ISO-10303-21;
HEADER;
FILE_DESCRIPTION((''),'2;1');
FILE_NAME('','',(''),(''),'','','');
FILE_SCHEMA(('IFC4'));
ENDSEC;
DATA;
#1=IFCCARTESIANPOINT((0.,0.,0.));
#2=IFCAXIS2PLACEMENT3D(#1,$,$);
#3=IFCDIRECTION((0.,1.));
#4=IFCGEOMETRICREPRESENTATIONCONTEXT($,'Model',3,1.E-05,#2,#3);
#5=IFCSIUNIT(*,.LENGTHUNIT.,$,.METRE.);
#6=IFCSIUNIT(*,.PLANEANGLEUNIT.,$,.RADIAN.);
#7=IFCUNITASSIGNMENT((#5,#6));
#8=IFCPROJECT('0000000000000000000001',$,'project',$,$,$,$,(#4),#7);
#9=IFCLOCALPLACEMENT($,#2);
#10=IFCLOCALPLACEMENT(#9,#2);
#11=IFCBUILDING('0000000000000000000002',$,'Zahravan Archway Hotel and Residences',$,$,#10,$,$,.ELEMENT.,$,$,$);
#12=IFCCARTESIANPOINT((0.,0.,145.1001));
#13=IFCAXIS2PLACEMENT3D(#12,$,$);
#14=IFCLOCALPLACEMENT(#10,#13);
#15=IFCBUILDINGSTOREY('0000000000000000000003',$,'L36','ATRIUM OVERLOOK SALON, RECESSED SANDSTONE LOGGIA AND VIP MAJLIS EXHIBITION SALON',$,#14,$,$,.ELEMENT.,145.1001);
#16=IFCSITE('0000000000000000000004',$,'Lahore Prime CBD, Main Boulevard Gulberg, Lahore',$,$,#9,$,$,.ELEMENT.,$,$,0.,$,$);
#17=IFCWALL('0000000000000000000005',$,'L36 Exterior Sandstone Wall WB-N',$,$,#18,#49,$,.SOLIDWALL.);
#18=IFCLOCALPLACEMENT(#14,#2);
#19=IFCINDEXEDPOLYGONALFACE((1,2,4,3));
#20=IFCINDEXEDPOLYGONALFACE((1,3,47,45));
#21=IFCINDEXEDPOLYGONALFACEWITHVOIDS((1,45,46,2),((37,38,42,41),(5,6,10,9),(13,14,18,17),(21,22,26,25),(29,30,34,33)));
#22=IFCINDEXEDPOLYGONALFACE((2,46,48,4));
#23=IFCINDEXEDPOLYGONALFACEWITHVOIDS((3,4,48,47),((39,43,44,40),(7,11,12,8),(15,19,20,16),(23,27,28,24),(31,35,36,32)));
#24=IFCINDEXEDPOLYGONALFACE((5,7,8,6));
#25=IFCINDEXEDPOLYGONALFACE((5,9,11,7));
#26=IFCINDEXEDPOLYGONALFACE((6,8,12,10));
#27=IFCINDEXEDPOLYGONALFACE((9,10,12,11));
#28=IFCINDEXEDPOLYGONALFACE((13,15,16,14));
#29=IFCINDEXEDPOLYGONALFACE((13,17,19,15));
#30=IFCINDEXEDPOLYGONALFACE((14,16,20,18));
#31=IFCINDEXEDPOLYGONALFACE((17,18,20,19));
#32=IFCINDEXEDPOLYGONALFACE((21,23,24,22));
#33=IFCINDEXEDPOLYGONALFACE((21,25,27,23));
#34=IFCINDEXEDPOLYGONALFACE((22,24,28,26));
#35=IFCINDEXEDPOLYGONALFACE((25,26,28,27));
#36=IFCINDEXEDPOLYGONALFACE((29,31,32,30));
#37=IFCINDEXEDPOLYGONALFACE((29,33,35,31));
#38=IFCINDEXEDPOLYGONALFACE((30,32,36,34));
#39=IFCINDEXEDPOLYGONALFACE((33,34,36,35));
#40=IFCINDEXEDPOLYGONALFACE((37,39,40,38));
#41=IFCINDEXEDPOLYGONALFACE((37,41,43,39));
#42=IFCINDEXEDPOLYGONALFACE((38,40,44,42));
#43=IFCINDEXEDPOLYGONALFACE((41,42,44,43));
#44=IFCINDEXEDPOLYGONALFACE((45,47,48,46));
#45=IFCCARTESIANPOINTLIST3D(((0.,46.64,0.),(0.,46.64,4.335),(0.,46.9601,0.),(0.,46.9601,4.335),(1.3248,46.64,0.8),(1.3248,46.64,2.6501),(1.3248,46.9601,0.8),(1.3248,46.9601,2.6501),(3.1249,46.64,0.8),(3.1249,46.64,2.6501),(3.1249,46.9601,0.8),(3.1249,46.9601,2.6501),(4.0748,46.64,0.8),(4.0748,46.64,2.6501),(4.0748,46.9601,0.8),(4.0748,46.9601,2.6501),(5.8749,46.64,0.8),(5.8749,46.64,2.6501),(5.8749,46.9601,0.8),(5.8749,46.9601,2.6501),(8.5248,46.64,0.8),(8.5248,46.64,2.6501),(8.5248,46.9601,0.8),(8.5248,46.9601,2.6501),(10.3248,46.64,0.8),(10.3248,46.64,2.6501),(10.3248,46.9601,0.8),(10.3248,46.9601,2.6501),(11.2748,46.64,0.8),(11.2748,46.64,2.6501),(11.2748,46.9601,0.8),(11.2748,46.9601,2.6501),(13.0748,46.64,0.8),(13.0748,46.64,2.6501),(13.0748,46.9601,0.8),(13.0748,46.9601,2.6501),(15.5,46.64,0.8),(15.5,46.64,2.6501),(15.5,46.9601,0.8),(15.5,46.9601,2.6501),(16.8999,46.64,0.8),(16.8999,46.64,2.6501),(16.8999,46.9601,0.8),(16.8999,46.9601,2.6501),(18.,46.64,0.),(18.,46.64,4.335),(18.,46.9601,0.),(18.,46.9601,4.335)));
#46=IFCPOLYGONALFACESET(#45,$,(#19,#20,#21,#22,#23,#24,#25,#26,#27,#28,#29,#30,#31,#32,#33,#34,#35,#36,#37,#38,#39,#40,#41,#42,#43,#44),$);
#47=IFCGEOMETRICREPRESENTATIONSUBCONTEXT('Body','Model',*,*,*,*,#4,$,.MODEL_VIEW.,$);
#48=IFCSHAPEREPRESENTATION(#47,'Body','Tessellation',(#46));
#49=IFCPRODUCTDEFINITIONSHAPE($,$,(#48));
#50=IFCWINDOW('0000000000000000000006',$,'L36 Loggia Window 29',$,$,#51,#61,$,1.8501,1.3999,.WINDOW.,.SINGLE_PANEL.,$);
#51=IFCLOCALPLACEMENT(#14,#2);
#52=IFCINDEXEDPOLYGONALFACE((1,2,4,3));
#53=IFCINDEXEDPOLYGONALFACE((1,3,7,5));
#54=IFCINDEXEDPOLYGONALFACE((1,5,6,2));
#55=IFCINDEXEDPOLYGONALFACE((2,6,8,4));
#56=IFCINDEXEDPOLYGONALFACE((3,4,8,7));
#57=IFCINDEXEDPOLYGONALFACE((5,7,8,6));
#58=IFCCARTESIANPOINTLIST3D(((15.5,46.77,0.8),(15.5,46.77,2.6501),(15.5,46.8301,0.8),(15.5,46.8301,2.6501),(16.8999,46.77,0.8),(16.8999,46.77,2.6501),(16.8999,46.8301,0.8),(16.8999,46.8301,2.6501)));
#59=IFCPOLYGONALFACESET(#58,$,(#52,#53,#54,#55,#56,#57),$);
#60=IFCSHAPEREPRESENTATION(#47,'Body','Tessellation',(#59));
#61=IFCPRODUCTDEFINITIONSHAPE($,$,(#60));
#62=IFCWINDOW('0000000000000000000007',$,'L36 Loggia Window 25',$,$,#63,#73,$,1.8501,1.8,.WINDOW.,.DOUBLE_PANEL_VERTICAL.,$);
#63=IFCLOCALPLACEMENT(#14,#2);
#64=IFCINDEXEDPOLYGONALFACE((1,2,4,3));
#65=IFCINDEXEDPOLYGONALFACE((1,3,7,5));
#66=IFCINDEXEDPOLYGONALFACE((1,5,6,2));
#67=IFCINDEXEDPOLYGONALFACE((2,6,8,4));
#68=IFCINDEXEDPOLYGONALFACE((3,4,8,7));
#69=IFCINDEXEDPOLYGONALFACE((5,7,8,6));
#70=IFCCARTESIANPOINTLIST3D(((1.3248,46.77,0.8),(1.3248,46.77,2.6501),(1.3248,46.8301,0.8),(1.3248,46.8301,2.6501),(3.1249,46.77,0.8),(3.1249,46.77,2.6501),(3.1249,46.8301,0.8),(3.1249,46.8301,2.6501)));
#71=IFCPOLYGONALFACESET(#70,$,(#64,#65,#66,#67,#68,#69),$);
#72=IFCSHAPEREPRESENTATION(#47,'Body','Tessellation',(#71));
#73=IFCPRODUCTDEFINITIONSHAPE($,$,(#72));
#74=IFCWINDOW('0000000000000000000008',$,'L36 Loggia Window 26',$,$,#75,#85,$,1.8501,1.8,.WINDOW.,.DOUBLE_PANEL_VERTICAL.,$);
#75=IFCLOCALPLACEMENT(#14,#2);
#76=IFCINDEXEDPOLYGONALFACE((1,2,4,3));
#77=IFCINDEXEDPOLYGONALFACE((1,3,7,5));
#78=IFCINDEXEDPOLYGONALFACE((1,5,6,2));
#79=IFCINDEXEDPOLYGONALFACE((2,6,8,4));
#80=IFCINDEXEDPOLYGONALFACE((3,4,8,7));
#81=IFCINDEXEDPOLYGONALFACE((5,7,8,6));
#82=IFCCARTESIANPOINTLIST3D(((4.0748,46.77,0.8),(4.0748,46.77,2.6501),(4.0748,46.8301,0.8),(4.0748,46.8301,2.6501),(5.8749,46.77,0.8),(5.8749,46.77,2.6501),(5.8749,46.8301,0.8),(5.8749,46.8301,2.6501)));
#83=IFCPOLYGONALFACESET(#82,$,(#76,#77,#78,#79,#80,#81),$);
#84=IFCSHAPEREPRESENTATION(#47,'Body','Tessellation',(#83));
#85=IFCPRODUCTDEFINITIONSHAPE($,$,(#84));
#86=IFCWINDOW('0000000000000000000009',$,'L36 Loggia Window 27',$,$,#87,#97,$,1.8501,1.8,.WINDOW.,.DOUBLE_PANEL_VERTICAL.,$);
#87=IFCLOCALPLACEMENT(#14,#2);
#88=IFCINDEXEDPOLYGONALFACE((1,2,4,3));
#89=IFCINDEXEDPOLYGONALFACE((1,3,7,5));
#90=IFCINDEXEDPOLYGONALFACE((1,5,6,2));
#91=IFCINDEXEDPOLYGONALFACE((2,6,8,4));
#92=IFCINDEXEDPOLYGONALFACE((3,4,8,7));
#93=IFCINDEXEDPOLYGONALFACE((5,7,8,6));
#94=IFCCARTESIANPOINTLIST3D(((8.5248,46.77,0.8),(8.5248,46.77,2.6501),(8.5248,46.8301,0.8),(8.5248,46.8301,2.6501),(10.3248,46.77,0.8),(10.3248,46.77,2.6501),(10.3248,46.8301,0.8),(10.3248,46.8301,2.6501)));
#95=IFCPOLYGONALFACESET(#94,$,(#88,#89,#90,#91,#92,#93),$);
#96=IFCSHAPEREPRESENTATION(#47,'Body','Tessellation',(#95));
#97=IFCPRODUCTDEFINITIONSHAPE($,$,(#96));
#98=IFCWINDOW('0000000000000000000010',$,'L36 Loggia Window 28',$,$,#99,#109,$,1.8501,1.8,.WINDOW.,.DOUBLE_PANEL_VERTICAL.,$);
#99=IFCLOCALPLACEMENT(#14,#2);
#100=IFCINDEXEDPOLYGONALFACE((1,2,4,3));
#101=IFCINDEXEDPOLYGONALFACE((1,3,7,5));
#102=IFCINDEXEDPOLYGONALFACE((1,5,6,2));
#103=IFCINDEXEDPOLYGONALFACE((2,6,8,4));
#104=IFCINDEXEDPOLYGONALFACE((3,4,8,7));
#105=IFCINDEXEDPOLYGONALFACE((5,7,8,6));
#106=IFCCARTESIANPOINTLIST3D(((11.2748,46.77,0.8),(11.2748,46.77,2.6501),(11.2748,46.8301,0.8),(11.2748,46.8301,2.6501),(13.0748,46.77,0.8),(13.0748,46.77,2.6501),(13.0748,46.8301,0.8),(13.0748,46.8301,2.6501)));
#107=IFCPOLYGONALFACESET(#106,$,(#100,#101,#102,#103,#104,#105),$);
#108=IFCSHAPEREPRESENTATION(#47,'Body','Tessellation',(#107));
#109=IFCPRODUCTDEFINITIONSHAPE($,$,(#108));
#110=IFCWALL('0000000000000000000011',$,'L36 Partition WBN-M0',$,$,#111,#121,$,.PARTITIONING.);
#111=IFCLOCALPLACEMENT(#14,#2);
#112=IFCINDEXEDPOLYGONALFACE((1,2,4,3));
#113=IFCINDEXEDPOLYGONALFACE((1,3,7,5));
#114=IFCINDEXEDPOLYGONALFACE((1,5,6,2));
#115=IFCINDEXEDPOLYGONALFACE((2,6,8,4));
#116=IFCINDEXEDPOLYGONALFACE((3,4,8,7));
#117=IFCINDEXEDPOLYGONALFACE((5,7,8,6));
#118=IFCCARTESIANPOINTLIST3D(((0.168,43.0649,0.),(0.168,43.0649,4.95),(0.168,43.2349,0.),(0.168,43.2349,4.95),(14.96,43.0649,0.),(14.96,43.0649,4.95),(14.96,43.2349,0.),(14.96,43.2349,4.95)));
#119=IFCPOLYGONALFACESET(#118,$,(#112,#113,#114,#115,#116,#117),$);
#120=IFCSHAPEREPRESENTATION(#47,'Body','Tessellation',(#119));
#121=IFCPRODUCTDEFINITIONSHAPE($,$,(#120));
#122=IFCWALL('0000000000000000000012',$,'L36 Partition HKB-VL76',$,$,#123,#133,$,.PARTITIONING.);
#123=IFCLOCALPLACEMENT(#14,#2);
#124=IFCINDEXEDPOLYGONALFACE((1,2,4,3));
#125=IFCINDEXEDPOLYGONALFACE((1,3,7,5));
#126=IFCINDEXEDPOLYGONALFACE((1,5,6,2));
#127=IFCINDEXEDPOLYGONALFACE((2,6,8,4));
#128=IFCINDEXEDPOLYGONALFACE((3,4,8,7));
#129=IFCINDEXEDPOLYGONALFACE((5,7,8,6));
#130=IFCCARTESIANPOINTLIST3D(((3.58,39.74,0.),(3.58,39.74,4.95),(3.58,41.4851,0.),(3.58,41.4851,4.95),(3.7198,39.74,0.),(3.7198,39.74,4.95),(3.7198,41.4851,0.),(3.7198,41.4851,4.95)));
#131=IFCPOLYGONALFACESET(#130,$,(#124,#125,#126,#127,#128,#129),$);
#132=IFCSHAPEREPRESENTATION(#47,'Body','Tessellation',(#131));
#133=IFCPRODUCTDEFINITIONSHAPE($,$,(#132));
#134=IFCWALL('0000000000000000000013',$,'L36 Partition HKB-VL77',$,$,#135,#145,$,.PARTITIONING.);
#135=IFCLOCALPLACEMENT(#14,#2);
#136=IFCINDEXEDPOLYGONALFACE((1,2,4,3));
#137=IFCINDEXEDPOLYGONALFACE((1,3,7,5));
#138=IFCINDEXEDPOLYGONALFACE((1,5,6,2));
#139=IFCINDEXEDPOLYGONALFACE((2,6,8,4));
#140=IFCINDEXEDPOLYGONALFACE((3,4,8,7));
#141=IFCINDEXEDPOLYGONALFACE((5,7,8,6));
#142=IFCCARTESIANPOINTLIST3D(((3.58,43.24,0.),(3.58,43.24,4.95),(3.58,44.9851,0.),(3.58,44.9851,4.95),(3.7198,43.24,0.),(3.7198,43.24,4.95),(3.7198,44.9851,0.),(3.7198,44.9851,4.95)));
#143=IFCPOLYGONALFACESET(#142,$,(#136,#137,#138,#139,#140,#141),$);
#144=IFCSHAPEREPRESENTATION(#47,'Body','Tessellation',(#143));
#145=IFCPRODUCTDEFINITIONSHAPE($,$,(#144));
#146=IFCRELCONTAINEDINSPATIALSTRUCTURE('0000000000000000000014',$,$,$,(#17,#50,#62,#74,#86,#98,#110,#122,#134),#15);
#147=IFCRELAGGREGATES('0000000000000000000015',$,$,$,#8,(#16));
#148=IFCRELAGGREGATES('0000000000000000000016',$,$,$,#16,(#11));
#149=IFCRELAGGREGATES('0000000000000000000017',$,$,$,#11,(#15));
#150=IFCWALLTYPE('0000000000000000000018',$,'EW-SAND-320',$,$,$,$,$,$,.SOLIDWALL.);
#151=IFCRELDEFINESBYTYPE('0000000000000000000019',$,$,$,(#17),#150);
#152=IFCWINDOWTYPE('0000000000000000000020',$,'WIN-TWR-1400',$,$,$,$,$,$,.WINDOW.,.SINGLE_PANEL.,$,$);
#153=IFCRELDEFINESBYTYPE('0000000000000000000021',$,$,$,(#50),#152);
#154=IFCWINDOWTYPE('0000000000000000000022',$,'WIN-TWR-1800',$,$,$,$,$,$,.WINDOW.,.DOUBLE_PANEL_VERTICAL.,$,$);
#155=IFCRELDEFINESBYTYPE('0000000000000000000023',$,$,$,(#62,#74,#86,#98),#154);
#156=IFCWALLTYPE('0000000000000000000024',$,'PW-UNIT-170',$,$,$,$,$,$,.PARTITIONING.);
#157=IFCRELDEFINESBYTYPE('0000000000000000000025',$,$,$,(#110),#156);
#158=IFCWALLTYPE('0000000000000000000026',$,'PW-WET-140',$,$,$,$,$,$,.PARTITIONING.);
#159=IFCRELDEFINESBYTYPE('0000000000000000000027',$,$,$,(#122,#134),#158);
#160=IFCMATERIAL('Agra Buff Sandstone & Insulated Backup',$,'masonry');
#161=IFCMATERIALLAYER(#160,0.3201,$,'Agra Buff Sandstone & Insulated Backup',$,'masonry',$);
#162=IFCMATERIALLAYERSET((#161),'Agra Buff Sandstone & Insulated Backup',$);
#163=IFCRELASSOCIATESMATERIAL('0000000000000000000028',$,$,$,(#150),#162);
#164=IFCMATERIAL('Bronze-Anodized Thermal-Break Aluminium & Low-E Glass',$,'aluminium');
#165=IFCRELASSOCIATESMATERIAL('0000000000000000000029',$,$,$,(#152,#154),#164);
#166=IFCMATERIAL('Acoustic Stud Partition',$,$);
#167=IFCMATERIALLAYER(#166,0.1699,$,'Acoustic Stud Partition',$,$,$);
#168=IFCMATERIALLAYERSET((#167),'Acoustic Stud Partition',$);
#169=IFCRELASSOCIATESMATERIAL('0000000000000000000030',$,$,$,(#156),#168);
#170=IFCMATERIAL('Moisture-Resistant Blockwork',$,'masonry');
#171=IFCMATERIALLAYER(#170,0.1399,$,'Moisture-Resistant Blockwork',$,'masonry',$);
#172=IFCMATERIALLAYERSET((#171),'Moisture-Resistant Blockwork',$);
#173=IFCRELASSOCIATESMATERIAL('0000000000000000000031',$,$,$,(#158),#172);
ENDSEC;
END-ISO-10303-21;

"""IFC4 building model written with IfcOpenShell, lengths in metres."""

from ifc_helpers import new_model, si_unit, direction, frame, frame_2d, origin, place, context, subcontext, project, spatial, rectangle, extrude, source, transform, mapped, material, layer, layer_set, type_object, type_shapes, element, fill, save


model = new_model("IFC4")

# Units and contexts
model_context = context("Model", 3, precision=1e-05, world=origin(), true_north=direction((0.0, 1.0)))
body_context = subcontext(model_context, "Body", "Model", "MODEL_VIEW")
ifc_project = project(units=[si_unit("LENGTHUNIT", "METRE"), si_unit("PLANEANGLEUNIT", "RADIAN")], contexts=[model_context])

# Site, building, storey
site_placement = place(None, origin())
site = spatial("IfcSite", under=ifc_project, at=site_placement, Name="Lahore Prime CBD, Main Boulevard Gulberg, Lahore", CompositionType="ELEMENT", RefElevation=0.0)
building_placement = place(site_placement, origin())
building = spatial("IfcBuilding", under=site, at=building_placement, Name="Zahravan Archway Hotel and Residences", CompositionType="ELEMENT")
storey_placement = place(building_placement, frame((0.0, 0.0, 145.1001)))
storey = spatial("IfcBuildingStorey", under=building, at=storey_placement, Name="L36", Description="ATRIUM OVERLOOK SALON, RECESSED SANDSTONE LOGGIA AND VIP MAJLIS EXHIBITION SALON", CompositionType="ELEMENT", Elevation=145.1001)

# Wall, openings, windows
ifc_material_1 = material(Name="Agra Buff Sandstone & Insulated Backup", Category="masonry")
ifc_layer_1 = layer(ifc_material_1, 0.3201, Name="Agra Buff Sandstone & Insulated Backup", Category="masonry")
ifc_layer_set_1 = layer_set([ifc_layer_1], Name="Agra Buff Sandstone & Insulated Backup")
wall_type_1 = type_object("IfcWallType", Name="EW-SAND-320", PredefinedType="SOLIDWALL", material=ifc_layer_set_1)
wall_1_placement = place(storey_placement, frame((0.0, 46.8, 0.0), z_axis=(0.0, 0.0, 1.0), x_axis=(1.0, 0.0, 0.0)))
wall_1 = element("IfcWall", 1, at=wall_1_placement, inside=storey, type_object=wall_type_1, Name="L36 Exterior Sandstone Wall WB-N", PredefinedType="SOLIDWALL", context=body_context, shape_type="SweptSolid", body=[
    extrude(rectangle(XDim=18.0, YDim=0.3201, at=frame_2d((9.0, 0.0))), origin(), (0.0, 0.0, 1.0), 4.335),
])
opening_1_placement = place(wall_1_placement, frame((1.325, 0.0, 0.8)))
opening_1 = element("IfcOpeningElement", 2, at=opening_1_placement, cuts=wall_1, PredefinedType="OPENING", context=body_context, shape_type="SweptSolid", body=[
    extrude(rectangle(XDim=1.8, YDim=1.8501, at=frame_2d((0.8999, 0.925))), frame((0.0, 0.1699, 0.0), z_axis=(0.0, -1.0, 0.0), x_axis=(1.0, 0.0, 0.0)), (0.0, 0.0, 1.0), 0.3401),
])
opening_2_placement = place(wall_1_placement, frame((4.075, 0.0, 0.8)))
opening_2 = element("IfcOpeningElement", 3, at=opening_2_placement, cuts=wall_1, PredefinedType="OPENING", context=body_context, shape_type="SweptSolid", body=[
    extrude(rectangle(XDim=1.8, YDim=1.8501, at=frame_2d((0.8999, 0.925))), frame((0.0, 0.1699, 0.0), z_axis=(0.0, -1.0, 0.0), x_axis=(1.0, 0.0, 0.0)), (0.0, 0.0, 1.0), 0.3401),
])
opening_3_placement = place(wall_1_placement, frame((8.5249, 0.0, 0.8)))
opening_3 = element("IfcOpeningElement", 4, at=opening_3_placement, cuts=wall_1, PredefinedType="OPENING", context=body_context, shape_type="SweptSolid", body=[
    extrude(rectangle(XDim=1.8, YDim=1.8501, at=frame_2d((0.8999, 0.925))), frame((0.0, 0.1699, 0.0), z_axis=(0.0, -1.0, 0.0), x_axis=(1.0, 0.0, 0.0)), (0.0, 0.0, 1.0), 0.3401),
])
opening_4_placement = place(wall_1_placement, frame((11.2749, 0.0, 0.8)))
opening_4 = element("IfcOpeningElement", 5, at=opening_4_placement, cuts=wall_1, PredefinedType="OPENING", context=body_context, shape_type="SweptSolid", body=[
    extrude(rectangle(XDim=1.8, YDim=1.8501, at=frame_2d((0.8999, 0.925))), frame((0.0, 0.1699, 0.0), z_axis=(0.0, -1.0, 0.0), x_axis=(1.0, 0.0, 0.0)), (0.0, 0.0, 1.0), 0.3401),
])
opening_5_placement = place(wall_1_placement, frame((15.5, 0.0, 0.8)))
opening_5 = element("IfcOpeningElement", 6, at=opening_5_placement, cuts=wall_1, PredefinedType="OPENING", context=body_context, shape_type="SweptSolid", body=[
    extrude(rectangle(XDim=1.3999, YDim=1.8501, at=frame_2d((0.7, 0.925))), frame((0.0, 0.1699, 0.0), z_axis=(0.0, -1.0, 0.0), x_axis=(1.0, 0.0, 0.0)), (0.0, 0.0, 1.0), 0.3401),
])
ifc_material_2 = material(Name="Bronze-Anodized Thermal-Break Aluminium & Low-E Glass", Category="aluminium")
window_type_1 = type_object("IfcWindowType", Name="WIN-TWR-1400", PartitioningType="SINGLE_PANEL", PredefinedType="WINDOW", material=ifc_material_2)
shared_shape_1 = source(origin(), body_context, "Body", "SweptSolid", [
    extrude(rectangle(XDim=1.3999, YDim=1.8501, at=frame_2d((0.7, 0.925))), frame((0.0, 0.03, 0.0), z_axis=(0.0, -1.0, 0.0), x_axis=(1.0, 0.0, 0.0)), (0.0, 0.0, 1.0), 0.0601),
])
type_shapes(window_type_1, [shared_shape_1])
window_1_placement = place(opening_5_placement, origin())
window_1 = element("IfcWindow", 7, at=window_1_placement, inside=storey, type_object=window_type_1, Name="L36 Loggia Window 29", OverallHeight=1.8501, OverallWidth=1.3999, PartitioningType="SINGLE_PANEL", PredefinedType="WINDOW", context=body_context, shape_type="MappedRepresentation", body=[
    mapped(shared_shape_1, transform((0.0, 0.0, 0.0), scale=1.0)),
])
fill(opening_5, window_1)
window_type_2 = type_object("IfcWindowType", Name="WIN-TWR-1800", PartitioningType="DOUBLE_PANEL_VERTICAL", PredefinedType="WINDOW", material=ifc_material_2)
shared_shape_2 = source(origin(), body_context, "Body", "SweptSolid", [
    extrude(rectangle(XDim=1.8, YDim=1.8501, at=frame_2d((0.8999, 0.925))), frame((0.0, 0.03, 0.0), z_axis=(0.0, -1.0, 0.0), x_axis=(1.0, 0.0, 0.0)), (0.0, 0.0, 1.0), 0.0601),
])
type_shapes(window_type_2, [shared_shape_2])
window_2_placement = place(opening_1_placement, origin())
window_2 = element("IfcWindow", 8, at=window_2_placement, inside=storey, type_object=window_type_2, Name="L36 Loggia Window 25", OverallHeight=1.8501, OverallWidth=1.8, PartitioningType="DOUBLE_PANEL_VERTICAL", PredefinedType="WINDOW", context=body_context, shape_type="MappedRepresentation", body=[
    mapped(shared_shape_2, transform((0.0, 0.0, 0.0), scale=1.0)),
])
fill(opening_1, window_2)
window_3_placement = place(opening_2_placement, origin())
window_3 = element("IfcWindow", 9, at=window_3_placement, inside=storey, type_object=window_type_2, Name="L36 Loggia Window 26", OverallHeight=1.8501, OverallWidth=1.8, PartitioningType="DOUBLE_PANEL_VERTICAL", PredefinedType="WINDOW", context=body_context, shape_type="MappedRepresentation", body=[
    mapped(shared_shape_2, transform((0.0, 0.0, 0.0), scale=1.0)),
])
fill(opening_2, window_3)
window_4_placement = place(opening_3_placement, origin())
window_4 = element("IfcWindow", 10, at=window_4_placement, inside=storey, type_object=window_type_2, Name="L36 Loggia Window 27", OverallHeight=1.8501, OverallWidth=1.8, PartitioningType="DOUBLE_PANEL_VERTICAL", PredefinedType="WINDOW", context=body_context, shape_type="MappedRepresentation", body=[
    mapped(shared_shape_2, transform((0.0, 0.0, 0.0), scale=1.0)),
])
fill(opening_3, window_4)
window_5_placement = place(opening_4_placement, origin())
window_5 = element("IfcWindow", 11, at=window_5_placement, inside=storey, type_object=window_type_2, Name="L36 Loggia Window 28", OverallHeight=1.8501, OverallWidth=1.8, PartitioningType="DOUBLE_PANEL_VERTICAL", PredefinedType="WINDOW", context=body_context, shape_type="MappedRepresentation", body=[
    mapped(shared_shape_2, transform((0.0, 0.0, 0.0), scale=1.0)),
])
fill(opening_4, window_5)

# Shared definitions
ifc_material_3 = material(Name="Acoustic Stud Partition")
ifc_layer_2 = layer(ifc_material_3, 0.1699, Name="Acoustic Stud Partition")
ifc_layer_set_2 = layer_set([ifc_layer_2], Name="Acoustic Stud Partition")
wall_type_2 = type_object("IfcWallType", Name="PW-UNIT-170", PredefinedType="PARTITIONING", material=ifc_layer_set_2)

# Walls
wall_2_placement = place(storey_placement, frame((0.168, 43.1499, 0.0), z_axis=(0.0, 0.0, 1.0), x_axis=(1.0, 0.0, 0.0)))
element("IfcWall", 12, at=wall_2_placement, inside=storey, type_object=wall_type_2, Name="L36 Partition WBN-M0", PredefinedType="PARTITIONING", context=body_context, shape_type="SweptSolid", body=[
    extrude(rectangle(XDim=14.792, YDim=0.1699, at=frame_2d((7.396, 0.0))), origin(), (0.0, 0.0, 1.0), 4.95),
])
ifc_material_4 = material(Name="Moisture-Resistant Blockwork", Category="masonry")
ifc_layer_3 = layer(ifc_material_4, 0.1399, Name="Moisture-Resistant Blockwork", Category="masonry")
ifc_layer_set_3 = layer_set([ifc_layer_3], Name="Moisture-Resistant Blockwork")
wall_type_3 = type_object("IfcWallType", Name="PW-WET-140", PredefinedType="PARTITIONING", material=ifc_layer_set_3)
for number, where, z_axis, x_axis, name in (
    (13, (3.6499, 39.74, 0.0), (0.0, 0.0, 1.0), (0.0, 1.0, 0.0), "L36 Partition HKB-VL76"),
    (14, (3.6499, 43.24, 0.0), (0.0, 0.0, 1.0), (0.0, 1.0, 0.0), "L36 Partition HKB-VL77"),
):
    element("IfcWall", number, at=place(storey_placement, frame(where, z_axis=z_axis, x_axis=x_axis)), inside=storey, type_object=wall_type_3, Name=name, PredefinedType="PARTITIONING", context=body_context, shape_type="SweptSolid", body=[
        extrude(rectangle(XDim=1.7451, YDim=0.1399, at=frame_2d((0.8726, 0.0))), origin(), (0.0, 0.0, 1.0), 4.95),
    ])

save(model, "model.ifc")
